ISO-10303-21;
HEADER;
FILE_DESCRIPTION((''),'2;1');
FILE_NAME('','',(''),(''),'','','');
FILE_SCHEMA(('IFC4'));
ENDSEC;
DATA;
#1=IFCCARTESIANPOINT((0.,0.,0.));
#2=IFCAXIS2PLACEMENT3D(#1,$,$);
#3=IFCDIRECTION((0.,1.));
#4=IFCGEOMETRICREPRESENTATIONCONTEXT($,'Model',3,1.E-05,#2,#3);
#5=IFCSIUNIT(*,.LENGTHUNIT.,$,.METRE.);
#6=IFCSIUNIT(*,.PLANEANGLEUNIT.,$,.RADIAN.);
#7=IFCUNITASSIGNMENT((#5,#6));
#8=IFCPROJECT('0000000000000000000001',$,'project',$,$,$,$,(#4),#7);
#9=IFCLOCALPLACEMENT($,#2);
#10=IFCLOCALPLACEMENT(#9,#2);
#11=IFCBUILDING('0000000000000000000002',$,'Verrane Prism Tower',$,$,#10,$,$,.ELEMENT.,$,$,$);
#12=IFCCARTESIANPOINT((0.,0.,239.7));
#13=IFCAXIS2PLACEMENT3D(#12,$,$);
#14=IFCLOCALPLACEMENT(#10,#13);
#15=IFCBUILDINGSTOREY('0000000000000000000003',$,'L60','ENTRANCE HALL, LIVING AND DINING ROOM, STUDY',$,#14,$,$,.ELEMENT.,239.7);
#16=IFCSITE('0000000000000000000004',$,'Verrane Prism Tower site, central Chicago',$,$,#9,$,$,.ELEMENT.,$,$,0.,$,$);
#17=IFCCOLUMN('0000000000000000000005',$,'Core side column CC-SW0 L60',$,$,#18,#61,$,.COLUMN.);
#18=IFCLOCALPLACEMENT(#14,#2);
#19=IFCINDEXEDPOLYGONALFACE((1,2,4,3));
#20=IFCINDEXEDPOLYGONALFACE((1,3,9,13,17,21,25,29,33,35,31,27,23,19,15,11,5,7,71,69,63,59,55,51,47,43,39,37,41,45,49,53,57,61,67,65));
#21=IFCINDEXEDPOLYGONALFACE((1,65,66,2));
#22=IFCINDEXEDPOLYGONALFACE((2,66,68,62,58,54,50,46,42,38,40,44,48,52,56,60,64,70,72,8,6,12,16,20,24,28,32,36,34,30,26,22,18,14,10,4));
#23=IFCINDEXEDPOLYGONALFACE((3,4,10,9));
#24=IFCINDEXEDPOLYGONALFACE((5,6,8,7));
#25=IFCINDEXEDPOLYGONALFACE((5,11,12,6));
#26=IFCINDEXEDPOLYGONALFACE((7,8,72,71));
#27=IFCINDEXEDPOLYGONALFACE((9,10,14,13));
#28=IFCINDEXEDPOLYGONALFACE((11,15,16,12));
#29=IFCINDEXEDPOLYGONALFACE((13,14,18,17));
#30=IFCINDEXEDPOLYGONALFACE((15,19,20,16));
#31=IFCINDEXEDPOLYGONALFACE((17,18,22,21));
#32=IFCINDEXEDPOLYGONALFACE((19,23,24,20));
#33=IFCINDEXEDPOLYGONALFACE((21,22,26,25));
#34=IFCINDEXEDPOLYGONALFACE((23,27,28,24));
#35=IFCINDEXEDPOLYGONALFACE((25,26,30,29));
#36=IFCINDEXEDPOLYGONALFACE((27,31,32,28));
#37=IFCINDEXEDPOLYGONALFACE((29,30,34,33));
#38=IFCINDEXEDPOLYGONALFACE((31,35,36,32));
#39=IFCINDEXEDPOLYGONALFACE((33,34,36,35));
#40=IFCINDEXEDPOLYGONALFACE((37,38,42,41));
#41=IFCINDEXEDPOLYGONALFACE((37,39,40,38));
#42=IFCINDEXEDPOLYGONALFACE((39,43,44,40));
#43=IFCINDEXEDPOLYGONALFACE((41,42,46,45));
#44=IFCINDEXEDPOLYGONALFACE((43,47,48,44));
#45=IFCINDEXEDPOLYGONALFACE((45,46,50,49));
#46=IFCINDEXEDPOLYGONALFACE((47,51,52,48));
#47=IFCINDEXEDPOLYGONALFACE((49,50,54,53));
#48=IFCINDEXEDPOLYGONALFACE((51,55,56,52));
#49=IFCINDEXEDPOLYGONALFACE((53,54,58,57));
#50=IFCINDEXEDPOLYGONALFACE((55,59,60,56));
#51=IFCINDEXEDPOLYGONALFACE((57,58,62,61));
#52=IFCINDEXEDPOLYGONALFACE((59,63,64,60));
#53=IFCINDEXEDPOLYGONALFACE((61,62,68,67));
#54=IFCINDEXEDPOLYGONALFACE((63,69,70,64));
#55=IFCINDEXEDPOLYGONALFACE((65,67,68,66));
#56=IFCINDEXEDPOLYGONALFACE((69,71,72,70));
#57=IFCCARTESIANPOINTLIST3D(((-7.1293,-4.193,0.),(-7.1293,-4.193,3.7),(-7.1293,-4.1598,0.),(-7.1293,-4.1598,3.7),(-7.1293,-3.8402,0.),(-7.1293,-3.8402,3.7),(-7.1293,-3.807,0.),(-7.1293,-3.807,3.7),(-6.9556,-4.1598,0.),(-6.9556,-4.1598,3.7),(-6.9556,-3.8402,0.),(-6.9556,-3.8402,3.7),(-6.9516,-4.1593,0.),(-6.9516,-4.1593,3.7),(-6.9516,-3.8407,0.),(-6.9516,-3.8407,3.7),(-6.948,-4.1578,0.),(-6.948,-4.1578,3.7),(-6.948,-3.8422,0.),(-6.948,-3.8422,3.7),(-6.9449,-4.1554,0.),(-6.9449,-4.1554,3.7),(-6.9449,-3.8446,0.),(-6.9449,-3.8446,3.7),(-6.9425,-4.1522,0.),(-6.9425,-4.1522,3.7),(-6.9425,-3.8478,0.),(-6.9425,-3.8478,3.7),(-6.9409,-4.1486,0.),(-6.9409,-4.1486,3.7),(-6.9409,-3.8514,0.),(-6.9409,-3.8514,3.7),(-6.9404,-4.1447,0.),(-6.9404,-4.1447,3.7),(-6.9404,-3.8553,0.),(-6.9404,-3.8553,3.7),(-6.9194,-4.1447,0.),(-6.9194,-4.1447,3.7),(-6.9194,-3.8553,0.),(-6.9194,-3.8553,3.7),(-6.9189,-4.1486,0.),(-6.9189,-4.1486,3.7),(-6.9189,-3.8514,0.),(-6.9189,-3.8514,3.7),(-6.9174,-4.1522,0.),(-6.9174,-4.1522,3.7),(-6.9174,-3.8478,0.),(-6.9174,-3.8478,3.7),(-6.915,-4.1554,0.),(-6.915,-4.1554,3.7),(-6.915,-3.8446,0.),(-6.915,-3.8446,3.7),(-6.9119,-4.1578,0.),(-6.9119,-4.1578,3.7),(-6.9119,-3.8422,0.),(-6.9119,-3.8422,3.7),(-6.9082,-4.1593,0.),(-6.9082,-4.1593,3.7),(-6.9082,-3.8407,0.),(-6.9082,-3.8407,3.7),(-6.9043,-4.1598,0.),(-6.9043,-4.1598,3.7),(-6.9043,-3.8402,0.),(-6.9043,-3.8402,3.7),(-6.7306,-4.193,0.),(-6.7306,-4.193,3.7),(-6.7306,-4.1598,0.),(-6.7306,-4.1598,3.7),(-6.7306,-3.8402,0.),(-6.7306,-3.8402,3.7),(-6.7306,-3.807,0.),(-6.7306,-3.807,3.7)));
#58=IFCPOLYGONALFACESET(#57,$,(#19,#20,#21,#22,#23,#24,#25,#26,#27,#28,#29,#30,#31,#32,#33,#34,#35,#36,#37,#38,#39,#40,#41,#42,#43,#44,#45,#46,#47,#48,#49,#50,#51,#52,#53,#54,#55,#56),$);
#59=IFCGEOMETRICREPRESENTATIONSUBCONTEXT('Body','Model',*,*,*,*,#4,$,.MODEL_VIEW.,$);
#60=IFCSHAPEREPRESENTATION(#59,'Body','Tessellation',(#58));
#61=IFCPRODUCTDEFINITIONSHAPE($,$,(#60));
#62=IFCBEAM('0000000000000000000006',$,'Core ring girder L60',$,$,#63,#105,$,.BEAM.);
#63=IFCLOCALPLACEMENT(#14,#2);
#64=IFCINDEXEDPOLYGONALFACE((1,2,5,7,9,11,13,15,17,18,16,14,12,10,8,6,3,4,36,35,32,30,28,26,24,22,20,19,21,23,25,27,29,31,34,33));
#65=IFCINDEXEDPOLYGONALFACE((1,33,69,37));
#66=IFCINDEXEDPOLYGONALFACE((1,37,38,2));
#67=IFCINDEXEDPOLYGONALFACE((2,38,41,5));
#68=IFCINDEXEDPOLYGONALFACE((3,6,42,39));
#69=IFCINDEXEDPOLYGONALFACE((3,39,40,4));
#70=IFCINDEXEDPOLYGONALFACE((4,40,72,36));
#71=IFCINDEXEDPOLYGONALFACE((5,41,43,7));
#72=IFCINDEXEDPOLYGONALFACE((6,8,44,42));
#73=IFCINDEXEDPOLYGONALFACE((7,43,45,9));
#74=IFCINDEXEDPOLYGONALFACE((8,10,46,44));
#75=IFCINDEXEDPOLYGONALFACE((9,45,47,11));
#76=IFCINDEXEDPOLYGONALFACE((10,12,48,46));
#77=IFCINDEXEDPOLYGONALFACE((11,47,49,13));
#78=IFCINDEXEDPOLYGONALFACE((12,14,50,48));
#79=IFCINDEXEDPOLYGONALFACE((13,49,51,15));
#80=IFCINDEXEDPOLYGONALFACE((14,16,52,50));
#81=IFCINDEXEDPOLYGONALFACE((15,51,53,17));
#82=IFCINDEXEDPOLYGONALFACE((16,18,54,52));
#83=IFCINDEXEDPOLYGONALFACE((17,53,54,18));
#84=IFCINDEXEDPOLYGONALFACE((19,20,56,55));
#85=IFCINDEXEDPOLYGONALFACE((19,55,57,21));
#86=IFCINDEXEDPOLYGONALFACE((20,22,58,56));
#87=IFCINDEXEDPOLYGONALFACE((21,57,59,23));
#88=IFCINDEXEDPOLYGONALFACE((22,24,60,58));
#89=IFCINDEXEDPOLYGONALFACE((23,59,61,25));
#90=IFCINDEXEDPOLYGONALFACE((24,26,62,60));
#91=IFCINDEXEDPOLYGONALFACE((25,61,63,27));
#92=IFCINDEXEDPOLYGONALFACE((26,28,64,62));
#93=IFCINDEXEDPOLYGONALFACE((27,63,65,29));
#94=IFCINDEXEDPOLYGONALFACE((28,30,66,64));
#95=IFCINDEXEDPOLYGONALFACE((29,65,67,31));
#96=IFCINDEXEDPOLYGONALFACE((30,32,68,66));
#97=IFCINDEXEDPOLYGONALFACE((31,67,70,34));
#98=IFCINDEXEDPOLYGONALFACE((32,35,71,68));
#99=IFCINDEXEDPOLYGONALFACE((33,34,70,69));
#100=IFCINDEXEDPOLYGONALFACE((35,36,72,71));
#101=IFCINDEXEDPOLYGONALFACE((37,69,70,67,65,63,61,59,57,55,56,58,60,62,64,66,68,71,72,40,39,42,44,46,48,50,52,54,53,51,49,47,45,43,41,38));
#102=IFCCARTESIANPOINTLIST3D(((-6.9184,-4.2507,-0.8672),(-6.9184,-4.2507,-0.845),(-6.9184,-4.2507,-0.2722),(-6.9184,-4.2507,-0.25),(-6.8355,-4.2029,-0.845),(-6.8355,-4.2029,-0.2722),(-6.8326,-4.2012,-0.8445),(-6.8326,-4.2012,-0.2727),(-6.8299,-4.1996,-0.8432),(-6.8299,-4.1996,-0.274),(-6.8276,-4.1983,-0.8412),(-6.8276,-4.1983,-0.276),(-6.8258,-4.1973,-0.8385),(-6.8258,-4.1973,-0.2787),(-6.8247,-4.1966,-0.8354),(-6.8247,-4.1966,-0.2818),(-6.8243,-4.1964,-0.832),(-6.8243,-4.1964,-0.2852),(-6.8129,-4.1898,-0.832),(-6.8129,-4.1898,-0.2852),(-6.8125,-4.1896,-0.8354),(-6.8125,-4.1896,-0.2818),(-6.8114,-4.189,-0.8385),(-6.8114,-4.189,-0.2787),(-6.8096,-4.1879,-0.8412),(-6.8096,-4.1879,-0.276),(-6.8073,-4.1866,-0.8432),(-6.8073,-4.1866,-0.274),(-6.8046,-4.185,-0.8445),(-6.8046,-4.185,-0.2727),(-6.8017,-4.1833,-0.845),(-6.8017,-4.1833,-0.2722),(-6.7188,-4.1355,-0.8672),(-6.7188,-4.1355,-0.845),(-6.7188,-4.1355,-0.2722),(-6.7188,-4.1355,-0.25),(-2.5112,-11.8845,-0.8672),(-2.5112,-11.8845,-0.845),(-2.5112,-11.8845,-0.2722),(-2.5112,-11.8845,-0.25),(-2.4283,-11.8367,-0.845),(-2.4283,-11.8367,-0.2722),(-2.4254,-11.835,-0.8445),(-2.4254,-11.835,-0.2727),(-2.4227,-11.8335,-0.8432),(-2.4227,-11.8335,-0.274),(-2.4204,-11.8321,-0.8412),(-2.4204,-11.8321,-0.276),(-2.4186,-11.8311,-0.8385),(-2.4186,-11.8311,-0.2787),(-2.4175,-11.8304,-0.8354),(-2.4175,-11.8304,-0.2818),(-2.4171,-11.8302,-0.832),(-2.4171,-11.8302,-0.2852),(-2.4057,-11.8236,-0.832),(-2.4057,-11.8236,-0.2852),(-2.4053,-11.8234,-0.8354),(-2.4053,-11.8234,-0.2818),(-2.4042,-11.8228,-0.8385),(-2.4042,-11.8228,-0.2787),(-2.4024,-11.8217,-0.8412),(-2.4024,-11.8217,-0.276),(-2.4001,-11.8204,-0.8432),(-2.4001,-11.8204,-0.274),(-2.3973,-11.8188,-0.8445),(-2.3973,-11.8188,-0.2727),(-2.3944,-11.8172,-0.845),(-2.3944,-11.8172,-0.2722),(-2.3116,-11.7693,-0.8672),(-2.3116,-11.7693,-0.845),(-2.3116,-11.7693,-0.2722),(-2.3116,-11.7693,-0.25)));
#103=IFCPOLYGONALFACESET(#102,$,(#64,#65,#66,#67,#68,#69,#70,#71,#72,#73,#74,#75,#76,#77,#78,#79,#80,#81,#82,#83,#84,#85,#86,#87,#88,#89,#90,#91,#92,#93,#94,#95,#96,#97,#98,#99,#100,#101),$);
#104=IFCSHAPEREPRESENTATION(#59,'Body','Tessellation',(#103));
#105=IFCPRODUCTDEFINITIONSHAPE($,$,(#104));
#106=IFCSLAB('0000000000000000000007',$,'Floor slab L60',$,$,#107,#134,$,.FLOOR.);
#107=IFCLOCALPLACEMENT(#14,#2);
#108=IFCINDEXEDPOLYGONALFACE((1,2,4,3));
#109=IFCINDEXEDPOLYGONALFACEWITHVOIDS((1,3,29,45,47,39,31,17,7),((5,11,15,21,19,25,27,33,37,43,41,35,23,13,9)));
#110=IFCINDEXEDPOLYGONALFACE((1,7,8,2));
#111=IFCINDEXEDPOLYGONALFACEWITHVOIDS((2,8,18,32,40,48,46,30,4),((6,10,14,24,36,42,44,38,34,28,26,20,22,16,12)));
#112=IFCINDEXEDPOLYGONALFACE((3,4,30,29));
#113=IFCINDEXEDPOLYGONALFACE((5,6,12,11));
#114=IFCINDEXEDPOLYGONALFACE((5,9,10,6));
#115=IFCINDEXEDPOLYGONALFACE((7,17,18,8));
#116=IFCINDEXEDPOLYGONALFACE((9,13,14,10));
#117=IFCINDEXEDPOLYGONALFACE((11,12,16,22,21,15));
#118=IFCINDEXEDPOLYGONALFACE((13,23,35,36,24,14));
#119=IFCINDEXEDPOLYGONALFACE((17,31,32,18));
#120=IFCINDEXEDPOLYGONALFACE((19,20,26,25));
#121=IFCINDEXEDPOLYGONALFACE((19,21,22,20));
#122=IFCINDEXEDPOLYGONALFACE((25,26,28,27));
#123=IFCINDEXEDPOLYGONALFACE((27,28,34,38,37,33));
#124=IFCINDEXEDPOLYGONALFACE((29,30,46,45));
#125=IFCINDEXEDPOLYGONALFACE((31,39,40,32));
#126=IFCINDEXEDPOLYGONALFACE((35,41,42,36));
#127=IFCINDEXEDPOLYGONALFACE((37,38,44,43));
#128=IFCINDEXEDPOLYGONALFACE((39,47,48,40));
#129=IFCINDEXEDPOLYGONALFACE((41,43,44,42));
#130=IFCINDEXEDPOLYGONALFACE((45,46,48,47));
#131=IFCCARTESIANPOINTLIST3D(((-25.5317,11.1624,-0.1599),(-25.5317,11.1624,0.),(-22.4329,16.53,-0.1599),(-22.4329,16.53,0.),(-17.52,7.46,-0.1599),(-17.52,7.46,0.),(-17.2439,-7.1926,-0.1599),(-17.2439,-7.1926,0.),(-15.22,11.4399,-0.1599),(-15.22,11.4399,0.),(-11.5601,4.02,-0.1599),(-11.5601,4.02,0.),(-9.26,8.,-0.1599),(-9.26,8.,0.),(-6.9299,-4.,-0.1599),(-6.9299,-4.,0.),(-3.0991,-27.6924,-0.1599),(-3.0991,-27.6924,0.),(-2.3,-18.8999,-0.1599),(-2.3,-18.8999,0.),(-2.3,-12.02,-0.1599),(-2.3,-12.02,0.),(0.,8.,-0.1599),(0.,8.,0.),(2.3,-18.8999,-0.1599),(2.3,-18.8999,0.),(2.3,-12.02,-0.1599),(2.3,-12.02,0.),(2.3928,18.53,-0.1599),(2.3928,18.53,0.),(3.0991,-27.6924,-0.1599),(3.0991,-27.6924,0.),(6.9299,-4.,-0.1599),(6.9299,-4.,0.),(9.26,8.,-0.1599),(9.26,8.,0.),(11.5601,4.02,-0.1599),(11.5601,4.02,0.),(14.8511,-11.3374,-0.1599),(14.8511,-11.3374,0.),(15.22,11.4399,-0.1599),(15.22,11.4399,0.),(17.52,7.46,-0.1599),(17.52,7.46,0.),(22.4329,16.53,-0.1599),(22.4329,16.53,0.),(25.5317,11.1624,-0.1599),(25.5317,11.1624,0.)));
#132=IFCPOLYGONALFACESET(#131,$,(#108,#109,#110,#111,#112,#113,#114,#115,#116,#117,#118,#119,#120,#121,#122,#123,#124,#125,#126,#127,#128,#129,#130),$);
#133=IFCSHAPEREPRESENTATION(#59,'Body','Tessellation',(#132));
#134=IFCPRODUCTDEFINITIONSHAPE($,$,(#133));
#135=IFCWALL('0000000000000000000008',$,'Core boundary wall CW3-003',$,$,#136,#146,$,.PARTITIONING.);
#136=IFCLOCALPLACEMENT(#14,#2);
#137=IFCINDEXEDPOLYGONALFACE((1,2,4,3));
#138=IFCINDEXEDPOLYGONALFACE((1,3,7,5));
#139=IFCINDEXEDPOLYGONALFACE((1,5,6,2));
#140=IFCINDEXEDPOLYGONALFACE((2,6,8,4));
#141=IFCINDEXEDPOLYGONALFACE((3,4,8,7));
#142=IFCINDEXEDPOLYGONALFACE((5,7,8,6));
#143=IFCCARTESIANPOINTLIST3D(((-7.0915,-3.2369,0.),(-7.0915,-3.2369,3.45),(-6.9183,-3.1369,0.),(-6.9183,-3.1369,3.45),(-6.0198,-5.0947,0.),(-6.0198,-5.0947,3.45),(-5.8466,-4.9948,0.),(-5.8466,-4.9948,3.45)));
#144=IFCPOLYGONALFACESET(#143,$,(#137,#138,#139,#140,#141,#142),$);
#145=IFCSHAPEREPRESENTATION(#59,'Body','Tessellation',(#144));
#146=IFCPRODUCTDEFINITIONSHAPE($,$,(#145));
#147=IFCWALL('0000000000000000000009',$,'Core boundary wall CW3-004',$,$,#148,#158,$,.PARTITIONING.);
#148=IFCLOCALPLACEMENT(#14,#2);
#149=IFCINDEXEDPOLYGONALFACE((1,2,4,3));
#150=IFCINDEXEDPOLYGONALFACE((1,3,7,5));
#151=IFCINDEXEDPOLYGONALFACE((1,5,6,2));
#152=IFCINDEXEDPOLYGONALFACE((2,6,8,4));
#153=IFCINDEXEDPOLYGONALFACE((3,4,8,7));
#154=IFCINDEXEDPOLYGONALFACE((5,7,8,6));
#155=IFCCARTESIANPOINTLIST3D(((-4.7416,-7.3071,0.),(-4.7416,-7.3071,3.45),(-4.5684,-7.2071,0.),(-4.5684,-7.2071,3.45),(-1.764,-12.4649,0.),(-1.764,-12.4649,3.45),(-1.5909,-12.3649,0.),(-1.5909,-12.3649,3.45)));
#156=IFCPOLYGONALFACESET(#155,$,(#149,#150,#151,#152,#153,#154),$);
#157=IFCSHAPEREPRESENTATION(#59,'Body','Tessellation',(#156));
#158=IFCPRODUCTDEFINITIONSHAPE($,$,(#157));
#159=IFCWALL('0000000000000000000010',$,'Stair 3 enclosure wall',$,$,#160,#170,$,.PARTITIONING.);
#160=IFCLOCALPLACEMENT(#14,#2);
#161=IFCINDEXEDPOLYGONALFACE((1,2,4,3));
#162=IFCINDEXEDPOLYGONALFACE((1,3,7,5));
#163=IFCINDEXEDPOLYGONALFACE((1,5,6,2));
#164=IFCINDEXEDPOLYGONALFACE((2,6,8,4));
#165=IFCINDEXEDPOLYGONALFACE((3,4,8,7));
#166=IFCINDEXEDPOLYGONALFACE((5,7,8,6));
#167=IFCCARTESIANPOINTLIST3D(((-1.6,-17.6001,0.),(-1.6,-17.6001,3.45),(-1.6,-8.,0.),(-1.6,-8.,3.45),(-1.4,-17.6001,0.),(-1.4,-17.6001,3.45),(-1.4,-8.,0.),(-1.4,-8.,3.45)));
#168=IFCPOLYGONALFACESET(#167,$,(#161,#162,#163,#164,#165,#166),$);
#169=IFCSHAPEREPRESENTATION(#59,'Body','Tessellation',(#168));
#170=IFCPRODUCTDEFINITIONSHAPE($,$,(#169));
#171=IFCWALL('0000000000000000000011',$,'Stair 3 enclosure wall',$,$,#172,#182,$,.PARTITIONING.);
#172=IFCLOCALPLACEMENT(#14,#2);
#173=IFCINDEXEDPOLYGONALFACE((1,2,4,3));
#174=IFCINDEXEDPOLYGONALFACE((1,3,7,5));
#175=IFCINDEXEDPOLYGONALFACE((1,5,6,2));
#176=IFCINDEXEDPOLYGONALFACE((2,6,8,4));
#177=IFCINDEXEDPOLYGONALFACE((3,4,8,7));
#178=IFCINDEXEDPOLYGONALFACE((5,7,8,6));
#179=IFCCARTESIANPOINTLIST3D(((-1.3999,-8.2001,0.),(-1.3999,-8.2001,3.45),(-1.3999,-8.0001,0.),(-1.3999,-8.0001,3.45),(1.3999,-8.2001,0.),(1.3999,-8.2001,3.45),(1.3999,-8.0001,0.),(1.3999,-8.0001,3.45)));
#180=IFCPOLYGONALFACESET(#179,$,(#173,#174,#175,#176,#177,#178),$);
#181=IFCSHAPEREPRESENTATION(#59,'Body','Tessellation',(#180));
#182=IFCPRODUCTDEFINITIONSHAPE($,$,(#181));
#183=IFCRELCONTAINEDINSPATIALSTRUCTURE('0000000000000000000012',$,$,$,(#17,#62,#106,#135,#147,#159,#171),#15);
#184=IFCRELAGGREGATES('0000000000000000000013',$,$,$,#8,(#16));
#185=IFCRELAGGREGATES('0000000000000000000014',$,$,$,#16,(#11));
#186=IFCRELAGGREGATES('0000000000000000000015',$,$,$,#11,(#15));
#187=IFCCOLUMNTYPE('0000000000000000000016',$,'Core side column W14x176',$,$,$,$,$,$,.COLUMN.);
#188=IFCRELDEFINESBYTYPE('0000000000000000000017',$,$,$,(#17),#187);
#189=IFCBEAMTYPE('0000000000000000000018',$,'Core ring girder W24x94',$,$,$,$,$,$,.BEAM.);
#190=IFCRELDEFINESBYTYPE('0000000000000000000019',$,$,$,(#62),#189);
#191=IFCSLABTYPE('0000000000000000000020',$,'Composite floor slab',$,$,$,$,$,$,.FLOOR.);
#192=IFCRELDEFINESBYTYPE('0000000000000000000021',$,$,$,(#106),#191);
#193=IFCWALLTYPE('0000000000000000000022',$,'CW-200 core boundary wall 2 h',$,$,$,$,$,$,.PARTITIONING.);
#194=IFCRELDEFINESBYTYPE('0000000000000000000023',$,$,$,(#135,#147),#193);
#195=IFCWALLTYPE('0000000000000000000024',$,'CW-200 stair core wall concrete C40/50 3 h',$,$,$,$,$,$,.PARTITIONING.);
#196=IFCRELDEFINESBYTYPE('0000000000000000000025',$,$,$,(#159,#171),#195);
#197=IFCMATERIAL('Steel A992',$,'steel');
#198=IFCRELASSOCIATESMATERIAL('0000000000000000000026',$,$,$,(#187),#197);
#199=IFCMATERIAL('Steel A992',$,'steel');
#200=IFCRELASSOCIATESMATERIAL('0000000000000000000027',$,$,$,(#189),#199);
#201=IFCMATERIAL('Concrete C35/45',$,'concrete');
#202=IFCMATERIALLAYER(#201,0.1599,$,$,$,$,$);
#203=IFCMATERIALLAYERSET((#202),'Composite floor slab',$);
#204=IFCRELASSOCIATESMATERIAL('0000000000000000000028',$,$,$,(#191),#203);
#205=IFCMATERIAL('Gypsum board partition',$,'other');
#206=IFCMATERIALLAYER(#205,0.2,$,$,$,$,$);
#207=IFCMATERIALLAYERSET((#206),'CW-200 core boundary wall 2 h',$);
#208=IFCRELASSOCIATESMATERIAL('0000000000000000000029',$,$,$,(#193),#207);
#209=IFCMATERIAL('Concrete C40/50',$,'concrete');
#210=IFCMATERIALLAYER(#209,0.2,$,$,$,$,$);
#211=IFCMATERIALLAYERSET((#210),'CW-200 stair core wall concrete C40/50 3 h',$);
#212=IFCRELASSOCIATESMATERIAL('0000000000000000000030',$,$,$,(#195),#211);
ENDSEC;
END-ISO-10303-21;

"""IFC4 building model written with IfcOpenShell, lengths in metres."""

from ifc_helpers import new_model, si_unit, direction, frame, frame_2d, origin, origin_2d, place, context, subcontext, project, spatial, polyline, rectangle, i_section, outline, extrude, material, layer, layer_set, material_profile, profile_set, type_object, element, save


model = new_model("IFC4")

# Units and contexts
model_context = context("Model", 3, precision=1e-05, world=origin(), true_north=direction((0.0, 1.0)))
body_context = subcontext(model_context, "Body", "Model", "MODEL_VIEW")
ifc_project = project(units=[si_unit("LENGTHUNIT", "METRE"), si_unit("PLANEANGLEUNIT", "RADIAN")], contexts=[model_context])

# Site, building, storey
site_placement = place(None, origin())
site = spatial("IfcSite", under=ifc_project, at=site_placement, Name="Verrane Prism Tower site, central Chicago", CompositionType="ELEMENT", RefElevation=0.0)
building_placement = place(site_placement, origin())
building = spatial("IfcBuilding", under=site, at=building_placement, Name="Verrane Prism Tower", CompositionType="ELEMENT")
storey_placement = place(building_placement, frame((0.0, 0.0, 239.7)))
storey = spatial("IfcBuildingStorey", under=building, at=storey_placement, Name="L60", Description="ENTRANCE HALL, LIVING AND DINING ROOM, STUDY", CompositionType="ELEMENT", Elevation=239.7)

# Column
ifc_material_1 = material(Name="Steel A992", Category="steel")
ifc_material_profile_1 = material_profile(ifc_material_1, i_section(OverallWidth=0.3987, OverallDepth=0.386, WebThickness=0.021, FlangeThickness=0.0332, FilletRadius=0.0151, at=origin_2d()), Name="W14x176")
ifc_profile_set_1 = profile_set([ifc_material_profile_1], Name="Steel A992")
column_type = type_object("IfcColumnType", Name="Core side column W14x176", PredefinedType="COLUMN", material=ifc_profile_set_1)
column_placement = place(storey_placement, frame((-6.9299, -4.0, 0.0), z_axis=(0.0, 0.0, 1.0), x_axis=(1.0, 0.0, 0.0)))
element("IfcColumn", 1, at=column_placement, inside=storey, type_object=column_type, Name="Core side column CC-SW0 L60", PredefinedType="COLUMN", context=body_context, shape_type="SweptSolid", body=[
    extrude(i_section(OverallWidth=0.3987, OverallDepth=0.386, WebThickness=0.021, FlangeThickness=0.0332, FilletRadius=0.0151, at=origin_2d()), origin(), (0.0, 0.0, 1.0), 3.7),
])

# Beam
ifc_material_2 = material(Name="Steel A992", Category="steel")
ifc_material_profile_2 = material_profile(ifc_material_2, i_section(OverallWidth=0.2305, OverallDepth=0.6172, WebThickness=0.0132, FlangeThickness=0.0222, FilletRadius=0.0129, at=origin_2d()), Name="W24x94")
ifc_profile_set_2 = profile_set([ifc_material_profile_2], Name="Steel A992")
beam_type = type_object("IfcBeamType", Name="Core ring girder W24x94", PredefinedType="BEAM", material=ifc_profile_set_2)
beam_placement = place(storey_placement, frame((-6.8186, -4.1931, -0.5586), z_axis=(0.499988, -0.866032, 0.0), x_axis=(0.866032, 0.499988, 0.0)))
element("IfcBeam", 2, at=beam_placement, inside=storey, type_object=beam_type, Name="Core ring girder L60", PredefinedType="BEAM", context=body_context, shape_type="SweptSolid", body=[
    extrude(i_section(OverallWidth=0.2305, OverallDepth=0.6172, WebThickness=0.0132, FlangeThickness=0.0222, FilletRadius=0.0129, at=origin_2d()), origin(), (0.0, 0.0, 1.0), 8.8147),
])

# Slab
ifc_material_3 = material(Name="Concrete C35/45", Category="concrete")
ifc_layer_1 = layer(ifc_material_3, 0.1599)
ifc_layer_set_1 = layer_set([ifc_layer_1], Name="Composite floor slab")
slab_type = type_object("IfcSlabType", Name="Composite floor slab", PredefinedType="FLOOR", material=ifc_layer_set_1)
slab_placement = place(storey_placement, frame((0.0, 0.0, -0.1599)))
element("IfcSlab", 3, at=slab_placement, inside=storey, type_object=slab_type, Name="Floor slab L60", PredefinedType="FLOOR", context=body_context, shape_type="SweptSolid", body=[
    extrude(outline(polyline([(14.8511, -11.3374), (3.0991, -27.6924), (-3.0991, -27.6924), (-17.2439, -7.1926), (-25.5317, 11.1624), (-22.4329, 16.53), (2.3928, 18.53), (22.4329, 16.53), (25.5317, 11.1624), (14.8511, -11.3374)]), holes=[polyline([(17.52, 7.46), (15.22, 11.4399), (9.26, 8.0), (0.0, 8.0), (-9.26, 8.0), (-15.22, 11.4399), (-17.52, 7.46), (-11.5601, 4.02), (-6.9299, -4.0), (-2.3, -12.02), (-2.3, -18.8999), (2.3, -18.8999), (2.3, -12.02), (6.9299, -4.0), (11.5601, 4.02), (17.52, 7.46)])]), origin(), (0.0, 0.0, 1.0), 0.1599),
])

# Walls
ifc_material_4 = material(Name="Gypsum board partition", Category="other")
ifc_layer_2 = layer(ifc_material_4, 0.2)
ifc_layer_set_2 = layer_set([ifc_layer_2], Name="CW-200 core boundary wall 2 h")
wall_type_1 = type_object("IfcWallType", Name="CW-200 core boundary wall 2 h", PredefinedType="PARTITIONING", material=ifc_layer_set_2)
wall_1_placement = place(storey_placement, frame((-7.0049, -3.187, 0.0), z_axis=(0.0, 0.0, 1.0), x_axis=(0.49969, -0.866205, 0.0)))
element("IfcWall", 4, at=wall_1_placement, inside=storey, type_object=wall_type_1, Name="Core boundary wall CW3-003", PredefinedType="PARTITIONING", context=body_context, shape_type="SweptSolid", body=[
    extrude(rectangle(XDim=2.1448, YDim=0.2, at=frame_2d((1.0723, 0.0))), origin(), (0.0, 0.0, 1.0), 3.45),
])
wall_2_placement = place(storey_placement, frame((-4.655, -7.2571, 0.0), z_axis=(0.0, 0.0, 1.0), x_axis=(0.499966, -0.866045, 0.0)))
element("IfcWall", 5, at=wall_2_placement, inside=storey, type_object=wall_type_1, Name="Core boundary wall CW3-004", PredefinedType="PARTITIONING", context=body_context, shape_type="SweptSolid", body=[
    extrude(rectangle(XDim=5.9556, YDim=0.2, at=frame_2d((2.9778, 0.0))), origin(), (0.0, 0.0, 1.0), 3.45),
])
ifc_material_5 = material(Name="Concrete C40/50", Category="concrete")
ifc_layer_3 = layer(ifc_material_5, 0.2)
ifc_layer_set_3 = layer_set([ifc_layer_3], Name="CW-200 stair core wall concrete C40/50 3 h")
wall_type_2 = type_object("IfcWallType", Name="CW-200 stair core wall concrete C40/50 3 h", PredefinedType="PARTITIONING", material=ifc_layer_set_3)
wall_3_placement = place(storey_placement, frame((-1.5, -8.0, 0.0), z_axis=(0.0, 0.0, 1.0), x_axis=(0.0, -1.0, 0.0)))
element("IfcWall", 6, at=wall_3_placement, inside=storey, type_object=wall_type_2, Name="Stair 3 enclosure wall", PredefinedType="PARTITIONING", context=body_context, shape_type="SweptSolid", body=[
    extrude(rectangle(XDim=9.6001, YDim=0.2, at=frame_2d((4.8, 0.0))), origin(), (0.0, 0.0, 1.0), 3.45),
])
wall_4_placement = place(storey_placement, frame((-1.3999, -8.1001, 0.0), z_axis=(0.0, 0.0, 1.0), x_axis=(1.0, 0.0, 0.0)))
element("IfcWall", 7, at=wall_4_placement, inside=storey, type_object=wall_type_2, Name="Stair 3 enclosure wall", PredefinedType="PARTITIONING", context=body_context, shape_type="SweptSolid", body=[
    extrude(rectangle(XDim=2.7998, YDim=0.2, at=frame_2d((1.3999, 0.0))), origin(), (0.0, 0.0, 1.0), 3.45),
])

save(model, "model.ifc")
